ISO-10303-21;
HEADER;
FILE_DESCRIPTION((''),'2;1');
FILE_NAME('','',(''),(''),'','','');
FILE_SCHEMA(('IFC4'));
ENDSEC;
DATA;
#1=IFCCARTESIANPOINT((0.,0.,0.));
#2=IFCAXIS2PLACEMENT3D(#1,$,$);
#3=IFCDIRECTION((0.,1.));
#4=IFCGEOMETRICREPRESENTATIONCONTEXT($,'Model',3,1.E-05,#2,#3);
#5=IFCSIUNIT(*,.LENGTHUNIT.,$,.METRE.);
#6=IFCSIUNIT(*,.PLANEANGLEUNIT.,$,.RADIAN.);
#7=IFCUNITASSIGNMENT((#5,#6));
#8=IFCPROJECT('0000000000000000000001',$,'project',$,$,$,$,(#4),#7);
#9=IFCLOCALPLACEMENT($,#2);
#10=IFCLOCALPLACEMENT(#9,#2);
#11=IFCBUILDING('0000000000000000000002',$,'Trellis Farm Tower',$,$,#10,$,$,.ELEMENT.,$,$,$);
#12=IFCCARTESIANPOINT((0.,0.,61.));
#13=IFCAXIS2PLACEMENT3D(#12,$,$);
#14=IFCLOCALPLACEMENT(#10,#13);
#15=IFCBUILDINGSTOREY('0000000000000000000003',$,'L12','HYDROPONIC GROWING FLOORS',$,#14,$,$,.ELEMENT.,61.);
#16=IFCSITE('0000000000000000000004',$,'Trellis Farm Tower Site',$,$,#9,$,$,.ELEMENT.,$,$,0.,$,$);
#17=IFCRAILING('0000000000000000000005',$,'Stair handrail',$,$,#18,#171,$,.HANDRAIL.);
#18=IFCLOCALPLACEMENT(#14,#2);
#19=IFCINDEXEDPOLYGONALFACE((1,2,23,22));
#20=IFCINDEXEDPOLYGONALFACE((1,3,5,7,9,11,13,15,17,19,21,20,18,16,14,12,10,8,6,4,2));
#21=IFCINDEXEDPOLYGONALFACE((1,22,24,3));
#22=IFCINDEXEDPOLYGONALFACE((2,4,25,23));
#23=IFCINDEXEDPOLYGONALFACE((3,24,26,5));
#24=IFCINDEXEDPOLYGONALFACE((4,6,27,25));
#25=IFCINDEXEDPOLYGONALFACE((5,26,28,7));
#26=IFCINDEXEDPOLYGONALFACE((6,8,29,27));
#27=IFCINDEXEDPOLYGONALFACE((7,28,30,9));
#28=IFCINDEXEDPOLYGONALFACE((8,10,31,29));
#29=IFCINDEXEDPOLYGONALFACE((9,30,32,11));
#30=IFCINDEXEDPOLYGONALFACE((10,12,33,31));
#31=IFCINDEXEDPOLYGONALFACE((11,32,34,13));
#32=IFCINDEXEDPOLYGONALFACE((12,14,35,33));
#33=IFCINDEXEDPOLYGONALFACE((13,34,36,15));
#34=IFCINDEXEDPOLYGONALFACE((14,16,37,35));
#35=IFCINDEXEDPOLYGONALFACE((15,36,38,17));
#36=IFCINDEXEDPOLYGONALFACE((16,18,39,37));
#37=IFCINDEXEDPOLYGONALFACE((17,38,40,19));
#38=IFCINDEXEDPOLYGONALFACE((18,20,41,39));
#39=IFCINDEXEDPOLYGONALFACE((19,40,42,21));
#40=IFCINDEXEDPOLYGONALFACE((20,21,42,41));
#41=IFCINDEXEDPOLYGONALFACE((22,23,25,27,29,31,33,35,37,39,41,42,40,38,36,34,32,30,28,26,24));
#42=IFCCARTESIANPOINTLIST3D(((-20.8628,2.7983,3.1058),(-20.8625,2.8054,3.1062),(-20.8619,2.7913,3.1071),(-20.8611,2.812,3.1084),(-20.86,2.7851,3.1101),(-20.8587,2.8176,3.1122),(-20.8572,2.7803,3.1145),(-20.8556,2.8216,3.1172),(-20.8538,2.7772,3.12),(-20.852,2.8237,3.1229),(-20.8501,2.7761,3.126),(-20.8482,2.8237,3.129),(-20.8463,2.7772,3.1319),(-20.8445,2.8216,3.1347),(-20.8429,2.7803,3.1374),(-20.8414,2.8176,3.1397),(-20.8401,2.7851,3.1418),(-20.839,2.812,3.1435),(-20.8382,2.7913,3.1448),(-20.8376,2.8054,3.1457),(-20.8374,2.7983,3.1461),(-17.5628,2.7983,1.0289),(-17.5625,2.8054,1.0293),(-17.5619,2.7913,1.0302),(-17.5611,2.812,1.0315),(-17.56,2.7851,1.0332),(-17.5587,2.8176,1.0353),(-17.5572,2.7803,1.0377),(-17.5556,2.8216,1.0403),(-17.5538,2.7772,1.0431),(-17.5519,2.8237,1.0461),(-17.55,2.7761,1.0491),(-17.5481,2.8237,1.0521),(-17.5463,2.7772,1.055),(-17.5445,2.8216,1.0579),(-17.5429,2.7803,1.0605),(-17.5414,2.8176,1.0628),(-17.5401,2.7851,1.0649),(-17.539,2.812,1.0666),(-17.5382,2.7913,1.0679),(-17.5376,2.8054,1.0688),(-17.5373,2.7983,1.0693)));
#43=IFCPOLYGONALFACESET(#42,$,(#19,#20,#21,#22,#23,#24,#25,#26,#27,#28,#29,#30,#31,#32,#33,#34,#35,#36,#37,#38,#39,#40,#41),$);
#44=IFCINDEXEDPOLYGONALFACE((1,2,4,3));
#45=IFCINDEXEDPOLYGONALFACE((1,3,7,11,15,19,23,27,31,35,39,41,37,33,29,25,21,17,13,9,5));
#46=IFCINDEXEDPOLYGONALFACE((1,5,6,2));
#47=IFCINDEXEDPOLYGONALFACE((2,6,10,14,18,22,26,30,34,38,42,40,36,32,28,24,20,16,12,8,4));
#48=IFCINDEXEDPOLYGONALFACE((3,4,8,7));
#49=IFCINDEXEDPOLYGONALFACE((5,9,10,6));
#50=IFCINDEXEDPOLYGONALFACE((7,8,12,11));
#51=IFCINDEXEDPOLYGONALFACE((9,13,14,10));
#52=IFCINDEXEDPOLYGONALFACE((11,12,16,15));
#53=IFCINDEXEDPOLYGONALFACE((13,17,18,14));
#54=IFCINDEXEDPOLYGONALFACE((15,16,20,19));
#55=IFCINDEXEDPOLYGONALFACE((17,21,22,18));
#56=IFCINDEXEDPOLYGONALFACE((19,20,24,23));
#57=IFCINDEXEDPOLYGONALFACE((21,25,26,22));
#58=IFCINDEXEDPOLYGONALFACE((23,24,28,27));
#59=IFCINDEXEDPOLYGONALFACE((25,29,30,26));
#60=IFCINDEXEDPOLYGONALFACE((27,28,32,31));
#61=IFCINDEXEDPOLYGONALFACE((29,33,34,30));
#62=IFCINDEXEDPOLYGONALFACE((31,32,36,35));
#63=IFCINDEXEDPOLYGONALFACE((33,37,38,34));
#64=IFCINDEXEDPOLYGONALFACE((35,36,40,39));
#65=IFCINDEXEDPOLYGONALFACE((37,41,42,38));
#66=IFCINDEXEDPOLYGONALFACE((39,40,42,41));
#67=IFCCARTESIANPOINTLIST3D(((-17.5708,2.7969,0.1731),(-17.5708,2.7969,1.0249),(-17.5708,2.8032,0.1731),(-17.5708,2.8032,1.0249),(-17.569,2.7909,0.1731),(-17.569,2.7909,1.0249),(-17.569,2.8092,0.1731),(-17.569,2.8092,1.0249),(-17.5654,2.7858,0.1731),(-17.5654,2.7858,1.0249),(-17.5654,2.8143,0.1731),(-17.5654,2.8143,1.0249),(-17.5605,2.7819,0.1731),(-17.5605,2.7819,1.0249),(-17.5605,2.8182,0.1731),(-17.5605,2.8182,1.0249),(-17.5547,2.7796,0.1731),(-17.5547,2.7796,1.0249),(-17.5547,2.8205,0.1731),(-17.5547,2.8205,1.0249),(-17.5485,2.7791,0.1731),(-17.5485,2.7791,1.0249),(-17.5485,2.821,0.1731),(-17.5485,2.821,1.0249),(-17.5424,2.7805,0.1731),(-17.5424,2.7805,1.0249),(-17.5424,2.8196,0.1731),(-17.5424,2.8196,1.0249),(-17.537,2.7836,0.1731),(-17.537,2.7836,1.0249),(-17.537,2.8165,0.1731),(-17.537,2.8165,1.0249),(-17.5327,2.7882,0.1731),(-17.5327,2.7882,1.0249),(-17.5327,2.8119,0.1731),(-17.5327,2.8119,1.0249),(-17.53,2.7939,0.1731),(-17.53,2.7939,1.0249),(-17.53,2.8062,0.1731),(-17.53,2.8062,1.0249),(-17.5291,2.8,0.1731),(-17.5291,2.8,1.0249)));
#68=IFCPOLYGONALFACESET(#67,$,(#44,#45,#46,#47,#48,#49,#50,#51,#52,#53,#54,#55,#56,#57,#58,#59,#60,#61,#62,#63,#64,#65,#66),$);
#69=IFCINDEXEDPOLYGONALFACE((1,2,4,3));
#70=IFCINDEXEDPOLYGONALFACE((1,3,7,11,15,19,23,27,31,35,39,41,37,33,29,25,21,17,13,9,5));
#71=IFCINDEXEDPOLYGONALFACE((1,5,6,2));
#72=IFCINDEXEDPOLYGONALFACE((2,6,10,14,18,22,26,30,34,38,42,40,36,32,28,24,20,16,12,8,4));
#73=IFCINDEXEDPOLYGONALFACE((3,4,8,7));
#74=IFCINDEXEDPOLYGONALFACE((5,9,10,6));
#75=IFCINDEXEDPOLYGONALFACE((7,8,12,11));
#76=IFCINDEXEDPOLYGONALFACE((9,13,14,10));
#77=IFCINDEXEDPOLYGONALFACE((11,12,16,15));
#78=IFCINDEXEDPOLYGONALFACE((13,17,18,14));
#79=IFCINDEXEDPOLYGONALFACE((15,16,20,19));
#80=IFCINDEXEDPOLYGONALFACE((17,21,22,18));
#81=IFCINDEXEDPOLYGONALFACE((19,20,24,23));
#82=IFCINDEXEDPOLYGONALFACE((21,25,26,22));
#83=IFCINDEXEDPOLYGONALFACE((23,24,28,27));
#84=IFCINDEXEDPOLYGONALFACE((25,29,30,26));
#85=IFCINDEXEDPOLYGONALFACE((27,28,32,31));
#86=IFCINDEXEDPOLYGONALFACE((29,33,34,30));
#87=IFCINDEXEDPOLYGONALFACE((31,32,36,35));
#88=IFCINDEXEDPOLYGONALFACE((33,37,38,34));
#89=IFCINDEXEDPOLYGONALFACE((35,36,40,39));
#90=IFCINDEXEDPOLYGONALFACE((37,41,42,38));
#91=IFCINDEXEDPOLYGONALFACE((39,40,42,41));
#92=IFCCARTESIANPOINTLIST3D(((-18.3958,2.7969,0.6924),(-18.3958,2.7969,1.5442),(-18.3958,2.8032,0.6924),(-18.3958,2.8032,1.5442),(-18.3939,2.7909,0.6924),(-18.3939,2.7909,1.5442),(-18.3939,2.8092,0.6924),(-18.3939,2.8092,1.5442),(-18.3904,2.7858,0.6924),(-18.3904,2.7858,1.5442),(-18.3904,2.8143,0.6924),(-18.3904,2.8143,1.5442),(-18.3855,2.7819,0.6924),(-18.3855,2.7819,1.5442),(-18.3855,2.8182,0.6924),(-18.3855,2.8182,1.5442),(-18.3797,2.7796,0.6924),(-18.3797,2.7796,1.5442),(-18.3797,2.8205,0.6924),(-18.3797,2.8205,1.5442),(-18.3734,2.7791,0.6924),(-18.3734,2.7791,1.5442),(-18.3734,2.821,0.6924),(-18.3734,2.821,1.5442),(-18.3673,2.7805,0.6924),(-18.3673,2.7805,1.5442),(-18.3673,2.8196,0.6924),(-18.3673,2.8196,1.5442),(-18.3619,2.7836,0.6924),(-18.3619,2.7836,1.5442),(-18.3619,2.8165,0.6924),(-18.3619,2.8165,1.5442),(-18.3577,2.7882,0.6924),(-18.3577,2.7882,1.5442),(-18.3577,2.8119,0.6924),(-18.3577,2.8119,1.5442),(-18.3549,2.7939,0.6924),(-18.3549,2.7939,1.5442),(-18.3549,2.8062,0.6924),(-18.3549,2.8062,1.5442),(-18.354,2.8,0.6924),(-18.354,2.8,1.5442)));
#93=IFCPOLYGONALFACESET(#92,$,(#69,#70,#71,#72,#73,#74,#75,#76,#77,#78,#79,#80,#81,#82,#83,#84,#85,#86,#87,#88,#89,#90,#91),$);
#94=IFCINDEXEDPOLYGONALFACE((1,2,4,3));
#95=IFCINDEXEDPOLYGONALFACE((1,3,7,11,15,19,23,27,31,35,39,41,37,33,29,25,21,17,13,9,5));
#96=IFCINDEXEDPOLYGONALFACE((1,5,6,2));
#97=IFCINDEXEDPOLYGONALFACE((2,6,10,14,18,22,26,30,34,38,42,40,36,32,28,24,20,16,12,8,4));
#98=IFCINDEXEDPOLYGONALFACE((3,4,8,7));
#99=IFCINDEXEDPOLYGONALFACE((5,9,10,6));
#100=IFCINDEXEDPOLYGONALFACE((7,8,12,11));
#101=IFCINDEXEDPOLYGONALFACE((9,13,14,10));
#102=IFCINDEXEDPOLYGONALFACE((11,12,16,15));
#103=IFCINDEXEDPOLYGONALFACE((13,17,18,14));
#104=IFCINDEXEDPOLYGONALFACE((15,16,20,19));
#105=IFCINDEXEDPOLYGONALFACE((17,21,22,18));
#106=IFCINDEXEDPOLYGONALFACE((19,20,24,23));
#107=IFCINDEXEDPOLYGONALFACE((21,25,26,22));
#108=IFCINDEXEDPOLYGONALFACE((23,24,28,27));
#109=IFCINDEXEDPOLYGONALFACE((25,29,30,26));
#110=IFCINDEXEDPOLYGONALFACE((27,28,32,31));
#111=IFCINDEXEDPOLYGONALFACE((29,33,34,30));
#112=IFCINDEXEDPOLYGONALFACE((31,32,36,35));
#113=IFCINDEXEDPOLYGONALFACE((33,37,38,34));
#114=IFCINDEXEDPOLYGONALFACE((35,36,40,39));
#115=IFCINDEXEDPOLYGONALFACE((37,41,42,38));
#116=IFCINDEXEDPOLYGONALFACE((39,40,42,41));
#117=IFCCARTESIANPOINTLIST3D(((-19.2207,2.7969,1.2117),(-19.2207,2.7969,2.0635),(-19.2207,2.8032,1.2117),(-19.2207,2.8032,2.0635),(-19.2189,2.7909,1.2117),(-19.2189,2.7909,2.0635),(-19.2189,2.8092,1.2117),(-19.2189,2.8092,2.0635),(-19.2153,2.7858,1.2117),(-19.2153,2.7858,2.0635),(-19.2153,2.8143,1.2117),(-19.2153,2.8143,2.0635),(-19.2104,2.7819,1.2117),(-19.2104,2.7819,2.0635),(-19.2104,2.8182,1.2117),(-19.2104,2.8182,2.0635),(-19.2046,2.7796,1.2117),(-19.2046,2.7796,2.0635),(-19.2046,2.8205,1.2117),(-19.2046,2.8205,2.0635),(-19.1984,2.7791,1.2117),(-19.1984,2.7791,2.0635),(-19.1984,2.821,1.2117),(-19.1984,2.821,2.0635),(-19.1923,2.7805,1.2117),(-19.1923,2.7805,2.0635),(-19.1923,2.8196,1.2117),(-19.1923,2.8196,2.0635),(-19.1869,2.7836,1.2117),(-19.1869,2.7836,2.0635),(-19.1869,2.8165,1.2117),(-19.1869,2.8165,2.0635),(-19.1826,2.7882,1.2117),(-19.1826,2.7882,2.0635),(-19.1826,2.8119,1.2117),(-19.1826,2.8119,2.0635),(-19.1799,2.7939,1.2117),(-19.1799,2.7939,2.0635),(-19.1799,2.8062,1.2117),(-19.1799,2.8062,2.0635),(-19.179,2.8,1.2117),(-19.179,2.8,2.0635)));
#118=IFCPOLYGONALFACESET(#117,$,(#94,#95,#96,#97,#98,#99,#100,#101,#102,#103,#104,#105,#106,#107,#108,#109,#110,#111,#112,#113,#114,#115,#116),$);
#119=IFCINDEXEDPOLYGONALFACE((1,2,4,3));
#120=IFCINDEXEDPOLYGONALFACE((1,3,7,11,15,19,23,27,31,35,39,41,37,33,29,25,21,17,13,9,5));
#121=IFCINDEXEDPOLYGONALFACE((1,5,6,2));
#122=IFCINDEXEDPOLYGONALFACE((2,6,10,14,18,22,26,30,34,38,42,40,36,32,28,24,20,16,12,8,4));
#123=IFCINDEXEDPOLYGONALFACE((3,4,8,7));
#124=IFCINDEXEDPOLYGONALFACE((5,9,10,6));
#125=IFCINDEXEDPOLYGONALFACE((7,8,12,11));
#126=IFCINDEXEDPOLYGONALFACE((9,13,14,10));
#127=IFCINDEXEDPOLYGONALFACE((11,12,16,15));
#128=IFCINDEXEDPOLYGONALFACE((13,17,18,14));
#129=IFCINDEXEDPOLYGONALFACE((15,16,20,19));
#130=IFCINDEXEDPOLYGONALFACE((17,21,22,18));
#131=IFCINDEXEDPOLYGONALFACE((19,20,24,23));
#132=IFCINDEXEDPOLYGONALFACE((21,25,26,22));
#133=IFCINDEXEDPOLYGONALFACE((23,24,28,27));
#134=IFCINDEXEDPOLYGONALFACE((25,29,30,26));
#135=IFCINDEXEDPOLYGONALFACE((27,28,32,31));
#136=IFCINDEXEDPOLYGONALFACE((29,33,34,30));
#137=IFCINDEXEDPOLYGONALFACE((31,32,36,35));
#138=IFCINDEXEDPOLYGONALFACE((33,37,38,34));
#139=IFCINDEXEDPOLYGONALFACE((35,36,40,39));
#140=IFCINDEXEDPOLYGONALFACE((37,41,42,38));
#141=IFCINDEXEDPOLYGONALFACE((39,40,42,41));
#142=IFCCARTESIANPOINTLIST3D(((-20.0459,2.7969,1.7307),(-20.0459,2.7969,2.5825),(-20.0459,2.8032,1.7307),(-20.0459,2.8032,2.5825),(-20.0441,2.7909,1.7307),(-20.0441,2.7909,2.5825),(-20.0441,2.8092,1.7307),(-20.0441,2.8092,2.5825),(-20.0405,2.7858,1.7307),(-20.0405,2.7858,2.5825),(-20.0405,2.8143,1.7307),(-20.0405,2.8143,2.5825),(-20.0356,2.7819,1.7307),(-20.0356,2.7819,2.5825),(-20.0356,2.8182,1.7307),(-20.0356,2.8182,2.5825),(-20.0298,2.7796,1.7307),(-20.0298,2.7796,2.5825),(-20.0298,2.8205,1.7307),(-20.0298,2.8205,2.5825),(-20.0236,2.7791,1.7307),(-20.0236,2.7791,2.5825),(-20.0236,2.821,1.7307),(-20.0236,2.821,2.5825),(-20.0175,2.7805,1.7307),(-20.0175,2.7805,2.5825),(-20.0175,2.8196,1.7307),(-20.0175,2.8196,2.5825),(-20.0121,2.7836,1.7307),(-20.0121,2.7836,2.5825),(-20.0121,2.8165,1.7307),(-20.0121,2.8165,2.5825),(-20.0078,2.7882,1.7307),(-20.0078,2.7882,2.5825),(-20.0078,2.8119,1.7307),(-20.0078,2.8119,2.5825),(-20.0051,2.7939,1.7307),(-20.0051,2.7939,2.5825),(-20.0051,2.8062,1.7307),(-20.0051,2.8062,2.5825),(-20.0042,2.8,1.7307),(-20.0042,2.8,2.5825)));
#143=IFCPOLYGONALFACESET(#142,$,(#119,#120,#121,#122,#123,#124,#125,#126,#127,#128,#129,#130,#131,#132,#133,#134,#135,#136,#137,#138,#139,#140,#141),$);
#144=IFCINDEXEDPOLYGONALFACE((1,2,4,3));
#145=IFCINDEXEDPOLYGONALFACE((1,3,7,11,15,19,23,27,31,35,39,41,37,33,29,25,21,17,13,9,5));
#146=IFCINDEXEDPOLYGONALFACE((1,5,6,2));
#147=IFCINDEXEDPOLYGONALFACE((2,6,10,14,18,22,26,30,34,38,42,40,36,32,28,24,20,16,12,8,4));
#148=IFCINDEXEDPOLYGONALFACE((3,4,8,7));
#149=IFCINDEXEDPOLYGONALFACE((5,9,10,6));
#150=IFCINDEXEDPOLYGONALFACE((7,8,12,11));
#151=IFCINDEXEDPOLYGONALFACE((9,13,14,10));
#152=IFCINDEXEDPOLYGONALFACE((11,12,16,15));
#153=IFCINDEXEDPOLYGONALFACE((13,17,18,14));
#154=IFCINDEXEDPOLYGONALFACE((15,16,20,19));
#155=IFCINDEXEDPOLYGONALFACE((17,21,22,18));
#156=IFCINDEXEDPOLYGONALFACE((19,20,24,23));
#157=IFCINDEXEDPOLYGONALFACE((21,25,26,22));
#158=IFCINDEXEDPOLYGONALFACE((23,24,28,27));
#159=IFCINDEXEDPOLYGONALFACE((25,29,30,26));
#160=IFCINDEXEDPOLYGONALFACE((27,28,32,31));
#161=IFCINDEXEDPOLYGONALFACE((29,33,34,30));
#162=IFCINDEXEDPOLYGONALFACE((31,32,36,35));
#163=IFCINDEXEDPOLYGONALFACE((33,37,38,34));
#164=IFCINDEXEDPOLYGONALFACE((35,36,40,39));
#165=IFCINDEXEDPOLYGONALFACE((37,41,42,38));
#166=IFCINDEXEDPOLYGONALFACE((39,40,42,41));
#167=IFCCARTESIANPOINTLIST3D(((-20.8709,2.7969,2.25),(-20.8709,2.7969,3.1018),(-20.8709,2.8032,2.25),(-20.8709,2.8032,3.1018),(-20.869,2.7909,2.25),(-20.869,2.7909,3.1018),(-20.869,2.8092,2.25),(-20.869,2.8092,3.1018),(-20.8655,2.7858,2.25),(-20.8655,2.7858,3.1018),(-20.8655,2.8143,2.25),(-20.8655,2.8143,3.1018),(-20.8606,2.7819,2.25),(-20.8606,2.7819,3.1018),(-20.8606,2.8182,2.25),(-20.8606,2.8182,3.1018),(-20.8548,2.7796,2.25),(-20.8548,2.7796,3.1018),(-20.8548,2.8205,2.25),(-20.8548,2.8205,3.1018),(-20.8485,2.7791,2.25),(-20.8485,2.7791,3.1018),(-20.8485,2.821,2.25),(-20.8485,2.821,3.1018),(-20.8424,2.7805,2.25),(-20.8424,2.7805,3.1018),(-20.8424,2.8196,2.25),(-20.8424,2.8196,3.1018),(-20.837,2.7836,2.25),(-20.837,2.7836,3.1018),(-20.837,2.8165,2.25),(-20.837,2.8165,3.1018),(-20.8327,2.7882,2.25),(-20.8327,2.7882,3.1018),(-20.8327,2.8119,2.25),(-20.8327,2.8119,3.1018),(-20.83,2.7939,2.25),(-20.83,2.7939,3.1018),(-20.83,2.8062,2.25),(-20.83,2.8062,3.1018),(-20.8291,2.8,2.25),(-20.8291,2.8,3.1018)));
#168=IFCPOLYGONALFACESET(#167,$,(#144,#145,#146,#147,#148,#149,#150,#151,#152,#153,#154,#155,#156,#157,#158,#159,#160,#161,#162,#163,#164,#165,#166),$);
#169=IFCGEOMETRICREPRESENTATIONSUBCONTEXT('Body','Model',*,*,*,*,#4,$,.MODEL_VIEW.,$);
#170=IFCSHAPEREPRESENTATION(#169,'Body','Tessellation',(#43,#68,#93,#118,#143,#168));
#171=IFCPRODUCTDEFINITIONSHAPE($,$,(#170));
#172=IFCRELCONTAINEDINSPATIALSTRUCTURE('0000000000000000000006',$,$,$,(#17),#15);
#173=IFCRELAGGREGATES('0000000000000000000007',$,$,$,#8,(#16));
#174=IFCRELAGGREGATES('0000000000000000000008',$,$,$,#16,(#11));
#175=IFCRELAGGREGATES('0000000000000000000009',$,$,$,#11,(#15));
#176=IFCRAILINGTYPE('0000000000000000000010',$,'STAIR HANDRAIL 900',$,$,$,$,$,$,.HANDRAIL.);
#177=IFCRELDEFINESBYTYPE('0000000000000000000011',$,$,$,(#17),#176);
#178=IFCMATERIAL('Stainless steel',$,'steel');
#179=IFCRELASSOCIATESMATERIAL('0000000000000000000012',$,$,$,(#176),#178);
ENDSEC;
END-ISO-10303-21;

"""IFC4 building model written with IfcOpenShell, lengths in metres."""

from ifc_helpers import new_model, si_unit, direction, frame, origin, origin_2d, place, context, subcontext, project, spatial, circle, extrude, source, transform, mapped, material, type_object, element, save


model = new_model("IFC4")

# Units and contexts
model_context = context("Model", 3, precision=1e-05, world=origin(), true_north=direction((0.0, 1.0)))
body_context = subcontext(model_context, "Body", "Model", "MODEL_VIEW")
ifc_project = project(units=[si_unit("LENGTHUNIT", "METRE"), si_unit("PLANEANGLEUNIT", "RADIAN")], contexts=[model_context])

# Site, building, storey
site_placement = place(None, origin())
site = spatial("IfcSite", under=ifc_project, at=site_placement, Name="Trellis Farm Tower Site", CompositionType="ELEMENT", RefElevation=0.0)
building_placement = place(site_placement, origin())
building = spatial("IfcBuilding", under=site, at=building_placement, Name="Trellis Farm Tower", CompositionType="ELEMENT")
storey_placement = place(building_placement, frame((0.0, 0.0, 61.0)))
storey = spatial("IfcBuildingStorey", under=building, at=storey_placement, Name="L12", Description="HYDROPONIC GROWING FLOORS", CompositionType="ELEMENT", Elevation=61.0)

# Railing
ifc_material_1 = material(Name="Stainless steel", Category="steel")
railing_type = type_object("IfcRailingType", Name="STAIR HANDRAIL 900", PredefinedType="HANDRAIL", material=ifc_material_1)
shared_shape_1 = source(origin(), body_context, "Body", "SweptSolid", [
    extrude(circle(Radius=0.0239, at=origin_2d()), frame((0.0, 0.0, 0.876), z_axis=(-0.846337, 0.0, 0.532647), x_axis=(0.0, -1.0, 0.0)), (0.0, 0.0, 1.0), 3.8992),
    extrude(circle(Radius=0.021, at=origin_2d()), origin(), (0.0, 0.0, 1.0), 0.8518),
    extrude(circle(Radius=0.021, at=origin_2d()), frame((-0.825, 0.0, 0.5193)), (0.0, 0.0, 1.0), 0.8518),
    extrude(circle(Radius=0.021, at=origin_2d()), frame((-1.6499, 0.0, 1.0386)), (0.0, 0.0, 1.0), 0.8518),
    extrude(circle(Radius=0.021, at=origin_2d()), frame((-2.4751, 0.0, 1.5576)), (0.0, 0.0, 1.0), 0.8518),
    extrude(circle(Radius=0.021, at=origin_2d()), frame((-3.3, 0.0, 2.0769)), (0.0, 0.0, 1.0), 0.8518),
])
for number, where, name in (
    (1, (-17.55, 2.8, 0.1731), "Stair handrail"),
):
    element("IfcRailing", number, at=place(storey_placement, frame(where)), inside=storey, type_object=railing_type, Name=name, PredefinedType="HANDRAIL", context=body_context, shape_type="MappedRepresentation", body=[
        mapped(shared_shape_1, transform((0.0, 0.0, 0.0))),
    ])

save(model, "model.ifc")
